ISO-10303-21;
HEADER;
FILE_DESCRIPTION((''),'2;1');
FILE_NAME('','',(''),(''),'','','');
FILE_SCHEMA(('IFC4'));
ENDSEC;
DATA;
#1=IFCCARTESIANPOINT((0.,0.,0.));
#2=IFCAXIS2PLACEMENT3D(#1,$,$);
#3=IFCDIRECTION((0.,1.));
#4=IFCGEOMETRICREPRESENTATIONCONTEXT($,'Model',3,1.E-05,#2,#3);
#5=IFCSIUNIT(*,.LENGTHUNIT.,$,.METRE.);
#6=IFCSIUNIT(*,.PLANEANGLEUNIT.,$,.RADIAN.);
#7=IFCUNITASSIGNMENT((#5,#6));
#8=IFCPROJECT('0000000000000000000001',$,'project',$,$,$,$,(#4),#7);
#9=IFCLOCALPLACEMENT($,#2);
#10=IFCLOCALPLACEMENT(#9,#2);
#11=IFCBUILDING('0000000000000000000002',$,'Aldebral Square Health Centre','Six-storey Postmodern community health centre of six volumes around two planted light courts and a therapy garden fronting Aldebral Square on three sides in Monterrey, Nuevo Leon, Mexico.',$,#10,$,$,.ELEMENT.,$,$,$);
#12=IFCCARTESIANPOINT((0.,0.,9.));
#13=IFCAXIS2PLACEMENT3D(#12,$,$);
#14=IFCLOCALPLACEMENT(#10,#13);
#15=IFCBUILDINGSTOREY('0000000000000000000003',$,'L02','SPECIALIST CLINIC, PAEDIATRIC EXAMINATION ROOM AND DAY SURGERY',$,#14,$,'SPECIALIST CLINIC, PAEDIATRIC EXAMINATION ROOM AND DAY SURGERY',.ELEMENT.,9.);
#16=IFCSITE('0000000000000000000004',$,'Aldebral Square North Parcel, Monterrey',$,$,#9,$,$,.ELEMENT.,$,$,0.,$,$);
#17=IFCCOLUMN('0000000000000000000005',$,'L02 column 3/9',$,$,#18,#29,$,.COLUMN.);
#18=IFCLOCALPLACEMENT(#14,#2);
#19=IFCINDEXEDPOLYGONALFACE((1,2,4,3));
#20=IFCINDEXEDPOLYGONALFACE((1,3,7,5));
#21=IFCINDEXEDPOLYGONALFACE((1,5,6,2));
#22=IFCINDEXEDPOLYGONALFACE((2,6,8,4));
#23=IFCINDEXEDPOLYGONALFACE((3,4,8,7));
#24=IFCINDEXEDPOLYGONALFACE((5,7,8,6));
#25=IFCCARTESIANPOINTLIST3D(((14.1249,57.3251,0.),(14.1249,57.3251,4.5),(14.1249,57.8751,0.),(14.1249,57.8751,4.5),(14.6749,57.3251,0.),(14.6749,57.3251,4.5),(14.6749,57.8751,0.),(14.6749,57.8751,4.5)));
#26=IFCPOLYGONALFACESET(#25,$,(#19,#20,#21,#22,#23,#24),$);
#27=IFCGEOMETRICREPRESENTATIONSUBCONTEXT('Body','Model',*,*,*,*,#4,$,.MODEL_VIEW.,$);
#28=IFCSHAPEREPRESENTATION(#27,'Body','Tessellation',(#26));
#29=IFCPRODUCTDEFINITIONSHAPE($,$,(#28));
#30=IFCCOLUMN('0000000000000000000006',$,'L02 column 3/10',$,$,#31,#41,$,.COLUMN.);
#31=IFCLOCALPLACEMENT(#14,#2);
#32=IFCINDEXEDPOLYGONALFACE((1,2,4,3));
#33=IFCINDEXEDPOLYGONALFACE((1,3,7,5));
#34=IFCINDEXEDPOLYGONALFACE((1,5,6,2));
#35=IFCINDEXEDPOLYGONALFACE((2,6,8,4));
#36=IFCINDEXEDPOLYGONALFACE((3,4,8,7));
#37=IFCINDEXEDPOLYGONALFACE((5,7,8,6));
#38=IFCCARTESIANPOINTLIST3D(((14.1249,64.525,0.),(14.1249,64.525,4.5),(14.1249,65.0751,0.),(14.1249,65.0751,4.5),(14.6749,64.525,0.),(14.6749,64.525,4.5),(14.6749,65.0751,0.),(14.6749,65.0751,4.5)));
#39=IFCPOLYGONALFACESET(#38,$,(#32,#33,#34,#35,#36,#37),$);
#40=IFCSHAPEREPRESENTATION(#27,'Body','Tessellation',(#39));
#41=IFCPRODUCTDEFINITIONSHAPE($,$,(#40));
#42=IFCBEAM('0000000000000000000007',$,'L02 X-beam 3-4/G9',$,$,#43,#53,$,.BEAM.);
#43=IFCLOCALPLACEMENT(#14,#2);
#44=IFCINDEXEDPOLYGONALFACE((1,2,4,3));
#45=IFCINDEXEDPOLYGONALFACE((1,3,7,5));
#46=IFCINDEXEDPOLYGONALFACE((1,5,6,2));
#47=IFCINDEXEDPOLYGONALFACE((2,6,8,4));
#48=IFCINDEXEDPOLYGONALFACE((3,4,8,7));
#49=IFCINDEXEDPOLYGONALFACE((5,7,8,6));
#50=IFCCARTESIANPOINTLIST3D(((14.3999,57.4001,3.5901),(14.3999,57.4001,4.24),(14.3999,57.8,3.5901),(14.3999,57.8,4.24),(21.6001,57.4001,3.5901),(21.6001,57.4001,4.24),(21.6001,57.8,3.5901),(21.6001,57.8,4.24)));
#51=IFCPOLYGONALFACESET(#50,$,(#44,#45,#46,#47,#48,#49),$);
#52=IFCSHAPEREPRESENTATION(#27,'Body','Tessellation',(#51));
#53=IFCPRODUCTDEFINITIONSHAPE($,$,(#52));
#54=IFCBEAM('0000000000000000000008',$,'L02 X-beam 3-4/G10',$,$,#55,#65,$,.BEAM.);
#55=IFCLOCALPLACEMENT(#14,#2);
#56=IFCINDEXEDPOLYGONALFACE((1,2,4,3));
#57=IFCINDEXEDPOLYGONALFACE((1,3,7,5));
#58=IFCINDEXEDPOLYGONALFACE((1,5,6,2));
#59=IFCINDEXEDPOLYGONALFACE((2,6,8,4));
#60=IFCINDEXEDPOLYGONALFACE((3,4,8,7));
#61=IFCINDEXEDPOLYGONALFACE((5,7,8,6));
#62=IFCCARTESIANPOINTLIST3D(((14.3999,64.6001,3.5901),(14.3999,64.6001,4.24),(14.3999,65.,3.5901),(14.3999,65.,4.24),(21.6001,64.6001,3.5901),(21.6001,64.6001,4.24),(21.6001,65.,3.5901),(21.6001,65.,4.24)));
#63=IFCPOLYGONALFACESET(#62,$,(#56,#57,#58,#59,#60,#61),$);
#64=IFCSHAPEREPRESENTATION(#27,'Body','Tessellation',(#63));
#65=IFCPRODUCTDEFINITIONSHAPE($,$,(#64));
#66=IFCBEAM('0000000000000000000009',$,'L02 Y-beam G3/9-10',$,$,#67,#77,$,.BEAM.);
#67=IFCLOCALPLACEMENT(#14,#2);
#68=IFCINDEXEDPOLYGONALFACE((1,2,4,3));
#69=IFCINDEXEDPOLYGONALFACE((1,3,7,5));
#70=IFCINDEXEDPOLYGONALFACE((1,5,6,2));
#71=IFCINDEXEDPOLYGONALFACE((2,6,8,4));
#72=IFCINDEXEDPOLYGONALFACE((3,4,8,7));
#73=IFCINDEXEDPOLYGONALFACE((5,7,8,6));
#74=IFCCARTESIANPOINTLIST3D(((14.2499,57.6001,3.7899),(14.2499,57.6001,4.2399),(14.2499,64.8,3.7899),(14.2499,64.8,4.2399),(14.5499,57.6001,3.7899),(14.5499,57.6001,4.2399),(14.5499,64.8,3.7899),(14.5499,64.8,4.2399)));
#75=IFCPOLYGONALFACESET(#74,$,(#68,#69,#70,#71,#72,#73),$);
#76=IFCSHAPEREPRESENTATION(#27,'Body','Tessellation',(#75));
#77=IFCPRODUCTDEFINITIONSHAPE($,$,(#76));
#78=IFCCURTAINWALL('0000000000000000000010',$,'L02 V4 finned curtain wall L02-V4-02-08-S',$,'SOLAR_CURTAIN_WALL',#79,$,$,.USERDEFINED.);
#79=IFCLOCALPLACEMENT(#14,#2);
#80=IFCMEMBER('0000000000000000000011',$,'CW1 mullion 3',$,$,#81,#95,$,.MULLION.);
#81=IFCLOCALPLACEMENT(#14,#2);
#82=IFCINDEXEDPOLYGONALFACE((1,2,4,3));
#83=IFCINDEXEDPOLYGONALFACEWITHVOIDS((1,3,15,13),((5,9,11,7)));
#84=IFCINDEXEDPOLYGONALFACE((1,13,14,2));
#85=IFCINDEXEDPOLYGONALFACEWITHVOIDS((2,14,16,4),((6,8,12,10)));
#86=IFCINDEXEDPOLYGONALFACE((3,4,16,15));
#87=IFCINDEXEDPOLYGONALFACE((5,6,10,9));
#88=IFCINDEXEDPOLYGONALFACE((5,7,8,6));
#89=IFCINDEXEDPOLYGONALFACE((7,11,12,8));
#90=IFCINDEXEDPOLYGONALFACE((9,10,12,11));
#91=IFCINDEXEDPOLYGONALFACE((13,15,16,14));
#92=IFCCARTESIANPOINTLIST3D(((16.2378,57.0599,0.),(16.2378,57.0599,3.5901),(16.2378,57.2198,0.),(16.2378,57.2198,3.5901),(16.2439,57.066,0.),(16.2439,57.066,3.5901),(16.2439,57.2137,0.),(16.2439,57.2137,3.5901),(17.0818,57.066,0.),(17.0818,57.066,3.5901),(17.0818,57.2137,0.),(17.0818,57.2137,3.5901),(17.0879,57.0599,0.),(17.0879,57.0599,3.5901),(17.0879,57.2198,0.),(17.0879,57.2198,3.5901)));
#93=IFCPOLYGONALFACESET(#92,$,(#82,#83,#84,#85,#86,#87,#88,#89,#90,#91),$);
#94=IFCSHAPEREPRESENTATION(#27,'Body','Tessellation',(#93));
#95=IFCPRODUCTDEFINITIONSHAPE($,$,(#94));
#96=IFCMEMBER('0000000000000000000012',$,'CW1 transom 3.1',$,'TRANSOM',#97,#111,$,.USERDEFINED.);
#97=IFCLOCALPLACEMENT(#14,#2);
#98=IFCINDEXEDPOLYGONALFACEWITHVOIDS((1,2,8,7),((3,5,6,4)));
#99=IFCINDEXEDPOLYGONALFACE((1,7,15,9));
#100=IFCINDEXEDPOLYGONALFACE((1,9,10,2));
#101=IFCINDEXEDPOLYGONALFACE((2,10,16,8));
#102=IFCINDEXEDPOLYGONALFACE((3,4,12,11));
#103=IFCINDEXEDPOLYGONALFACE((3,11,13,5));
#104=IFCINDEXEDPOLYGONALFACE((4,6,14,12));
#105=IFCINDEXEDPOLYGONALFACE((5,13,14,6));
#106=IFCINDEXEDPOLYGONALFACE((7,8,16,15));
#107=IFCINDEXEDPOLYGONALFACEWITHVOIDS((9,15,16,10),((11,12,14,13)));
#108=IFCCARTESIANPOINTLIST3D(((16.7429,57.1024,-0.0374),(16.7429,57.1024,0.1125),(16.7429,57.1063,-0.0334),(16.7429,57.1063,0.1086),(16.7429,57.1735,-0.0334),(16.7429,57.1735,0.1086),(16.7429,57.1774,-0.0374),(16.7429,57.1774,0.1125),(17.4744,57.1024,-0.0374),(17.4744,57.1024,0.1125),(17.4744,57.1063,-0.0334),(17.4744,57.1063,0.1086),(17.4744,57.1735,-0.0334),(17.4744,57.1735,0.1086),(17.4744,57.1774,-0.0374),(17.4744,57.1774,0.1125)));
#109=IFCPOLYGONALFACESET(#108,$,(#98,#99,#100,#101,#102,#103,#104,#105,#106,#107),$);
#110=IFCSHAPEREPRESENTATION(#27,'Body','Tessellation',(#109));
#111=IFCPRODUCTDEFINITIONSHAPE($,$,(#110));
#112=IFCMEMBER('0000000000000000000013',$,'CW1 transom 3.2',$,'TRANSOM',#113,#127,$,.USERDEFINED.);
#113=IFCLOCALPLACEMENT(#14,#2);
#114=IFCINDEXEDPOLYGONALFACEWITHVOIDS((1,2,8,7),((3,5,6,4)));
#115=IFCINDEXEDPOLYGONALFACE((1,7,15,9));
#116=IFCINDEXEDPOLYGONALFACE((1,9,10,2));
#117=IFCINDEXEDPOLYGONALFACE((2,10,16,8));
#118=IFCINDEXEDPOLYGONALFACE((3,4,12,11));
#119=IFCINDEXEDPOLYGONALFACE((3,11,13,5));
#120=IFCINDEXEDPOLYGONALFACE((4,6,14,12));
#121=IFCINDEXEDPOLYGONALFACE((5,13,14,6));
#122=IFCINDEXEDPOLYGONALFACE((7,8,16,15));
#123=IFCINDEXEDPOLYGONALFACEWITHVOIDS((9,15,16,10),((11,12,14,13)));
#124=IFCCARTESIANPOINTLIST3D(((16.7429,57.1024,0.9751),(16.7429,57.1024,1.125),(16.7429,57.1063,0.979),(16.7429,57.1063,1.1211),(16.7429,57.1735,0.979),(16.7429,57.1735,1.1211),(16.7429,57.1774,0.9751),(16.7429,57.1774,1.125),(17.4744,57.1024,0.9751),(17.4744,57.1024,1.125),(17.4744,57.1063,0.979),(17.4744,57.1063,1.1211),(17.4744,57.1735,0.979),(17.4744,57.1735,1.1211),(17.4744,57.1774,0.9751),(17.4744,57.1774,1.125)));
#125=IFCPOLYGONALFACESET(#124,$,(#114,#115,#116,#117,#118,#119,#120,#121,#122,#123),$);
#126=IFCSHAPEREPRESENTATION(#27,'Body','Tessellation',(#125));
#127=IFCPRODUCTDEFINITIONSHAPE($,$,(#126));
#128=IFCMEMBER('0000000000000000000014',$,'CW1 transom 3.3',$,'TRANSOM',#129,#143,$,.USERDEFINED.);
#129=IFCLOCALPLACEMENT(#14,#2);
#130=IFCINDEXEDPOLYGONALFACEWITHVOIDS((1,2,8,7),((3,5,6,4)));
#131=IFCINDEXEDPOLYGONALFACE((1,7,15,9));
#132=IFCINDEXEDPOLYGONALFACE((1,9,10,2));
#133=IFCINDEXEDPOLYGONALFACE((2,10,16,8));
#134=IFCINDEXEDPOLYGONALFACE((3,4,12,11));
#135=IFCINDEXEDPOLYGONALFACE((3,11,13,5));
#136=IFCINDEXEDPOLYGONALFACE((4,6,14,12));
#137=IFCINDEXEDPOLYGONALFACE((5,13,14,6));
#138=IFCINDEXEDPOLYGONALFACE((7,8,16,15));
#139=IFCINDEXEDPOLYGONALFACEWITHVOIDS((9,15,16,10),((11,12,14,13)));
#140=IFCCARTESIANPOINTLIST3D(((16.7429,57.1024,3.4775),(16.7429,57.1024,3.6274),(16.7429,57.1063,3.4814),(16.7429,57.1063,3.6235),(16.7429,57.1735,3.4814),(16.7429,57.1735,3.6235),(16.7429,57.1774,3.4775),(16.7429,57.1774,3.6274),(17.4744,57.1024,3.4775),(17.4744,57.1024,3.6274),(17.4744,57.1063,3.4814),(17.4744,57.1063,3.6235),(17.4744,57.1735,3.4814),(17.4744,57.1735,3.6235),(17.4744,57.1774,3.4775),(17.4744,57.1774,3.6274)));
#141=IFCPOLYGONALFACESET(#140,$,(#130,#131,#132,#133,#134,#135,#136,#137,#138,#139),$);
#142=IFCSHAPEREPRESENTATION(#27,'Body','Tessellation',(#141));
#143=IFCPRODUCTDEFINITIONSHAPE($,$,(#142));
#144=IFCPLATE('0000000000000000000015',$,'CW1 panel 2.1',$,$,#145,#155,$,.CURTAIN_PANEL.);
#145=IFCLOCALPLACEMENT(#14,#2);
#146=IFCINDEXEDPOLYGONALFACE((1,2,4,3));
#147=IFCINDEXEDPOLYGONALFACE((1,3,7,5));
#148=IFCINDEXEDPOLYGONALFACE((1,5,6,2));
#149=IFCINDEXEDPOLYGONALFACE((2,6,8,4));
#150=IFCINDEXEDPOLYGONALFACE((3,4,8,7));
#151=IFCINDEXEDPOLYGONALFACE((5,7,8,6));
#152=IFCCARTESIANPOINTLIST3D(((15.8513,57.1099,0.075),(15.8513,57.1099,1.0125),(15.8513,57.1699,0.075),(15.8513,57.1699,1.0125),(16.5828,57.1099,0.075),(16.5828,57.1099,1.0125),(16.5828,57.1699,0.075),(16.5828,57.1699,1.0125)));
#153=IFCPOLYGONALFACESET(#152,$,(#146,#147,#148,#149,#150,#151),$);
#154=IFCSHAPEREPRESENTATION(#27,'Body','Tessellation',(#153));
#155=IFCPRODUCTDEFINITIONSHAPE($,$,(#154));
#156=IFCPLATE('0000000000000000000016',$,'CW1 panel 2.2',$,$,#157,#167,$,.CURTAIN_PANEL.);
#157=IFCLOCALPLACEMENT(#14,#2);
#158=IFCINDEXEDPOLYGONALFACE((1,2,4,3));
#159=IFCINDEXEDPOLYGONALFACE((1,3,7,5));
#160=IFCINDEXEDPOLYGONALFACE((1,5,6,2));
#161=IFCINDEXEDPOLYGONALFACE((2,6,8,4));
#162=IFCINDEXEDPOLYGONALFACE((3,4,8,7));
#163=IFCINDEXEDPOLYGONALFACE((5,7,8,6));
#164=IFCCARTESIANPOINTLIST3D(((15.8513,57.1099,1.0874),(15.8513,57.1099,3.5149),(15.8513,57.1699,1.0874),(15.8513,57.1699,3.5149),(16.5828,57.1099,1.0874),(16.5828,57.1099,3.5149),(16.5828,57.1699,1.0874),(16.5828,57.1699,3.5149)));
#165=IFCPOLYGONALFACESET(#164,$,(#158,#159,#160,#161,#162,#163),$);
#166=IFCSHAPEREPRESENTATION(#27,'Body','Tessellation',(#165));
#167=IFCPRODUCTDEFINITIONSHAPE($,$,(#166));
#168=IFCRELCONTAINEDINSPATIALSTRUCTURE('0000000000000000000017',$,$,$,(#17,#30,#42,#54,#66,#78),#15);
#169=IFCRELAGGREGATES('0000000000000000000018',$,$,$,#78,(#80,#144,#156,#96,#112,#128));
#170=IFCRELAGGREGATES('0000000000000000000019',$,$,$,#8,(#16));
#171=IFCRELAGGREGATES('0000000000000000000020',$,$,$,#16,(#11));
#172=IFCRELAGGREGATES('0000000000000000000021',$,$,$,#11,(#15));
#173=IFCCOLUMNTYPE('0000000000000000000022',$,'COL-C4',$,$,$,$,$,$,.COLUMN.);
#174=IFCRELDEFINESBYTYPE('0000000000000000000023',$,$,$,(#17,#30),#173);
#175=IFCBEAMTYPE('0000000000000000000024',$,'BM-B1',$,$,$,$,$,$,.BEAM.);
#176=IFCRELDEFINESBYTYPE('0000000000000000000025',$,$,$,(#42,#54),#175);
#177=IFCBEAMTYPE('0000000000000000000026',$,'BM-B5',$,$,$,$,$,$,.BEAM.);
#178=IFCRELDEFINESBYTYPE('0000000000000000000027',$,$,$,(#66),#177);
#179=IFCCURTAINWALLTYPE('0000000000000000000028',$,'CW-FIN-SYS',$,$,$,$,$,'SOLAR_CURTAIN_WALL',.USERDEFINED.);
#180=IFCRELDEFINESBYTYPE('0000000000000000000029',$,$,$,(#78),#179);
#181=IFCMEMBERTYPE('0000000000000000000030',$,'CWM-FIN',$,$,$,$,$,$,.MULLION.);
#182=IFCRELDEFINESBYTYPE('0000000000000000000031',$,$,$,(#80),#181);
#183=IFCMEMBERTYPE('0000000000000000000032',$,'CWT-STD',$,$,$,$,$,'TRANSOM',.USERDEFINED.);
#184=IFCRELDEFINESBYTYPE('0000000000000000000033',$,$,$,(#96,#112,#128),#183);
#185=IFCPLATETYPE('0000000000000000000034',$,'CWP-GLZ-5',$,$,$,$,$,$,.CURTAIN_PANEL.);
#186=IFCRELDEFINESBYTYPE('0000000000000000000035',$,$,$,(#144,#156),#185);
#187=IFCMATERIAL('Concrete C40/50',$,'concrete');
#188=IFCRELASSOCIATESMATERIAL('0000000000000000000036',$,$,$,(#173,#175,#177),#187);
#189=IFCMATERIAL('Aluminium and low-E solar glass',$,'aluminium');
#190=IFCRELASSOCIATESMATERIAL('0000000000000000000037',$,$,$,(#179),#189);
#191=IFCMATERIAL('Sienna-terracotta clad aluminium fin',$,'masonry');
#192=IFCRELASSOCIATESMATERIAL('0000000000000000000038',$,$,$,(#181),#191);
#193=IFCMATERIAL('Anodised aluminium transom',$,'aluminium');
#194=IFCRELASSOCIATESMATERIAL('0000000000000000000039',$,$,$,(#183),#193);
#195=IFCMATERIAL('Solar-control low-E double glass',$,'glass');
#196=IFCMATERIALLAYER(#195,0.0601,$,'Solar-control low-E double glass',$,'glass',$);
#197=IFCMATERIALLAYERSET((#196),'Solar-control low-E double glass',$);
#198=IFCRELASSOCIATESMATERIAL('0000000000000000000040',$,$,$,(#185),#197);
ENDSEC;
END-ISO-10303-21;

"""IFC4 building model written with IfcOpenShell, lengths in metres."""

from ifc_helpers import new_model, si_unit, direction, frame, origin, origin_2d, place, context, subcontext, project, spatial, rectangle, hollow_rectangle, extrude, material, layer, layer_set, material_profile, profile_set, type_object, element, aggregate, save


model = new_model("IFC4")

# Units and contexts
model_context = context("Model", 3, precision=1e-05, world=origin(), true_north=direction((0.0, 1.0)))
body_context = subcontext(model_context, "Body", "Model", "MODEL_VIEW")
ifc_project = project(units=[si_unit("LENGTHUNIT", "METRE"), si_unit("PLANEANGLEUNIT", "RADIAN")], contexts=[model_context])

# Site, building, storey
site_placement = place(None, origin())
site = spatial("IfcSite", under=ifc_project, at=site_placement, Name="Aldebral Square North Parcel, Monterrey", CompositionType="ELEMENT", RefElevation=0.0)
building_placement = place(site_placement, origin())
building = spatial("IfcBuilding", under=site, at=building_placement, Name="Aldebral Square Health Centre", Description="Six-storey Postmodern community health centre of six volumes around two planted light courts and a therapy garden fronting Aldebral Square on three sides in Monterrey, Nuevo Leon, Mexico.", CompositionType="ELEMENT")
storey_placement = place(building_placement, frame((0.0, 0.0, 9.0)))
storey = spatial("IfcBuildingStorey", under=building, at=storey_placement, Name="L02", Description="SPECIALIST CLINIC, PAEDIATRIC EXAMINATION ROOM AND DAY SURGERY", LongName="SPECIALIST CLINIC, PAEDIATRIC EXAMINATION ROOM AND DAY SURGERY", CompositionType="ELEMENT", Elevation=9.0)

# Columns
ifc_material_1 = material(Name="Concrete C40/50", Category="concrete")
ifc_material_profile_1 = material_profile(ifc_material_1, rectangle(XDim=0.55, YDim=0.55, at=origin_2d()), Name="RC 550x550")
ifc_profile_set_1 = profile_set([ifc_material_profile_1], Name="Concrete C40/50")
column_type = type_object("IfcColumnType", Name="COL-C4", PredefinedType="COLUMN", material=ifc_profile_set_1)
for number, where, z_axis, x_axis, name in (
    (1, (14.3999, 57.6001, 0.0), (0.0, 0.0, 1.0), (1.0, 0.0, 0.0), "L02 column 3/9"),
    (2, (14.3999, 64.8, 0.0), (0.0, 0.0, 1.0), (1.0, 0.0, 0.0), "L02 column 3/10"),
):
    element("IfcColumn", number, at=place(storey_placement, frame(where, z_axis=z_axis, x_axis=x_axis)), inside=storey, type_object=column_type, Name=name, PredefinedType="COLUMN", context=body_context, shape_type="SweptSolid", body=[
        extrude(rectangle(XDim=0.55, YDim=0.55, at=origin_2d()), origin(), (0.0, 0.0, 1.0), 4.5),
    ])

# Beams
ifc_material_profile_2 = material_profile(ifc_material_1, rectangle(XDim=0.3999, YDim=0.6499, at=origin_2d()), Name="RC 400x650")
ifc_profile_set_2 = profile_set([ifc_material_profile_2], Name="Concrete C40/50")
beam_type_1 = type_object("IfcBeamType", Name="BM-B1", PredefinedType="BEAM", material=ifc_profile_set_2)
for number, where, z_axis, x_axis, name in (
    (3, (14.3999, 57.6001, 3.915), (1.0, 0.0, 0.0), (0.0, 1.0, 0.0), "L02 X-beam 3-4/G9"),
    (4, (14.3999, 64.8, 3.915), (1.0, 0.0, 0.0), (0.0, 1.0, 0.0), "L02 X-beam 3-4/G10"),
):
    element("IfcBeam", number, at=place(storey_placement, frame(where, z_axis=z_axis, x_axis=x_axis)), inside=storey, type_object=beam_type_1, Name=name, PredefinedType="BEAM", context=body_context, shape_type="SweptSolid", body=[
        extrude(rectangle(XDim=0.3999, YDim=0.6499, at=origin_2d()), origin(), (0.0, 0.0, 1.0), 7.2002),
    ])
ifc_material_profile_3 = material_profile(ifc_material_1, rectangle(XDim=0.3, YDim=0.45, at=origin_2d()), Name="RC 300x450")
ifc_profile_set_3 = profile_set([ifc_material_profile_3], Name="Concrete C40/50")
beam_type_2 = type_object("IfcBeamType", Name="BM-B5", PredefinedType="BEAM", material=ifc_profile_set_3)
beam_placement = place(storey_placement, frame((14.3999, 57.6001, 4.0149), z_axis=(0.0, 1.0, 0.0), x_axis=(-1.0, 0.0, 0.0)))
element("IfcBeam", 5, at=beam_placement, inside=storey, type_object=beam_type_2, Name="L02 Y-beam G3/9-10", PredefinedType="BEAM", context=body_context, shape_type="SweptSolid", body=[
    extrude(rectangle(XDim=0.3, YDim=0.45, at=origin_2d()), origin(), (0.0, 0.0, 1.0), 7.2),
])

# Curtain wall, members, plates
ifc_material_2 = material(Name="Aluminium and low-E solar glass", Category="aluminium")
curtain_wall_type = type_object("IfcCurtainWallType", Name="CW-FIN-SYS", ElementType="SOLAR_CURTAIN_WALL", PredefinedType="USERDEFINED", material=ifc_material_2)
curtain_wall_placement = place(storey_placement, origin())
curtain_wall = element("IfcCurtainWall", 6, at=curtain_wall_placement, inside=storey, type_object=curtain_wall_type, Name="L02 V4 finned curtain wall L02-V4-02-08-S", ObjectType="SOLAR_CURTAIN_WALL", PredefinedType="USERDEFINED")
ifc_material_3 = material(Name="Sienna-terracotta clad aluminium fin", Category="masonry")
ifc_material_profile_4 = material_profile(ifc_material_3, hollow_rectangle(XDim=0.1599, YDim=0.8501, WallThickness=0.0061, at=origin_2d()), Name="FIN 160x850x6")
ifc_profile_set_4 = profile_set([ifc_material_profile_4], Name="Sienna-terracotta clad aluminium fin")
member_type_1 = type_object("IfcMemberType", Name="CWM-FIN", PredefinedType="MULLION", material=ifc_profile_set_4)
member_1_placement = place(storey_placement, frame((16.6628, 57.1399, 0.0), z_axis=(0.0, 0.0, 1.0), x_axis=(0.0, 1.0, 0.0)))
member_1 = element("IfcMember", 7, at=member_1_placement, type_object=member_type_1, Name="CW1 mullion 3", PredefinedType="MULLION", context=body_context, shape_type="SweptSolid", body=[
    extrude(hollow_rectangle(XDim=0.1599, YDim=0.8501, WallThickness=0.0061, at=origin_2d()), origin(), (0.0, 0.0, 1.0), 3.5901),
])
ifc_material_4 = material(Name="Anodised aluminium transom", Category="aluminium")
ifc_material_profile_5 = material_profile(ifc_material_4, hollow_rectangle(XDim=0.075, YDim=0.1499, WallThickness=0.0039, at=origin_2d()), Name="CWT 75x150x4")
ifc_profile_set_5 = profile_set([ifc_material_profile_5], Name="Anodised aluminium transom")
member_type_2 = type_object("IfcMemberType", Name="CWT-STD", ElementType="TRANSOM", PredefinedType="USERDEFINED", material=ifc_profile_set_5)
member_2_placement = place(storey_placement, frame((16.7429, 57.1399, 0.0376), z_axis=(1.0, 0.0, 0.0), x_axis=(0.0, 1.0, 0.0)))
member_2 = element("IfcMember", 8, at=member_2_placement, type_object=member_type_2, Name="CW1 transom 3.1", ObjectType="TRANSOM", PredefinedType="USERDEFINED", context=body_context, shape_type="SweptSolid", body=[
    extrude(hollow_rectangle(XDim=0.075, YDim=0.1499, WallThickness=0.0039, at=origin_2d()), origin(), (0.0, 0.0, 1.0), 0.7314),
])
member_3_placement = place(storey_placement, frame((16.7429, 57.1399, 1.05), z_axis=(1.0, 0.0, 0.0), x_axis=(0.0, 1.0, 0.0)))
member_3 = element("IfcMember", 9, at=member_3_placement, type_object=member_type_2, Name="CW1 transom 3.2", ObjectType="TRANSOM", PredefinedType="USERDEFINED", context=body_context, shape_type="SweptSolid", body=[
    extrude(hollow_rectangle(XDim=0.075, YDim=0.1499, WallThickness=0.0039, at=origin_2d()), origin(), (0.0, 0.0, 1.0), 0.7314),
])
member_4_placement = place(storey_placement, frame((16.7429, 57.1399, 3.5525), z_axis=(1.0, 0.0, 0.0), x_axis=(0.0, 1.0, 0.0)))
member_4 = element("IfcMember", 10, at=member_4_placement, type_object=member_type_2, Name="CW1 transom 3.3", ObjectType="TRANSOM", PredefinedType="USERDEFINED", context=body_context, shape_type="SweptSolid", body=[
    extrude(hollow_rectangle(XDim=0.075, YDim=0.1499, WallThickness=0.0039, at=origin_2d()), origin(), (0.0, 0.0, 1.0), 0.7314),
])
ifc_material_5 = material(Name="Solar-control low-E double glass", Category="glass")
ifc_layer_1 = layer(ifc_material_5, 0.0601, Name="Solar-control low-E double glass", Category="glass")
ifc_layer_set_1 = layer_set([ifc_layer_1], Name="Solar-control low-E double glass")
plate_type = type_object("IfcPlateType", Name="CWP-GLZ-5", PredefinedType="CURTAIN_PANEL", material=ifc_layer_set_1)
plate_1_placement = place(storey_placement, frame((16.217, 57.1399, 0.075), z_axis=(0.0, 0.0, 1.0), x_axis=(1.0, 0.0, 0.0)))
plate_1 = element("IfcPlate", 11, at=plate_1_placement, type_object=plate_type, Name="CW1 panel 2.1", PredefinedType="CURTAIN_PANEL", context=body_context, shape_type="SweptSolid", body=[
    extrude(rectangle(XDim=0.7314, YDim=0.0601, at=origin_2d()), origin(), (0.0, 0.0, 1.0), 0.9375),
])
plate_2_placement = place(storey_placement, frame((16.217, 57.1399, 1.0874), z_axis=(0.0, 0.0, 1.0), x_axis=(1.0, 0.0, 0.0)))
plate_2 = element("IfcPlate", 12, at=plate_2_placement, type_object=plate_type, Name="CW1 panel 2.2", PredefinedType="CURTAIN_PANEL", context=body_context, shape_type="SweptSolid", body=[
    extrude(rectangle(XDim=0.7314, YDim=0.0601, at=origin_2d()), origin(), (0.0, 0.0, 1.0), 2.4275),
])
aggregate(curtain_wall, [member_1, plate_1, plate_2, member_2, member_3, member_4])

save(model, "model.ifc")
